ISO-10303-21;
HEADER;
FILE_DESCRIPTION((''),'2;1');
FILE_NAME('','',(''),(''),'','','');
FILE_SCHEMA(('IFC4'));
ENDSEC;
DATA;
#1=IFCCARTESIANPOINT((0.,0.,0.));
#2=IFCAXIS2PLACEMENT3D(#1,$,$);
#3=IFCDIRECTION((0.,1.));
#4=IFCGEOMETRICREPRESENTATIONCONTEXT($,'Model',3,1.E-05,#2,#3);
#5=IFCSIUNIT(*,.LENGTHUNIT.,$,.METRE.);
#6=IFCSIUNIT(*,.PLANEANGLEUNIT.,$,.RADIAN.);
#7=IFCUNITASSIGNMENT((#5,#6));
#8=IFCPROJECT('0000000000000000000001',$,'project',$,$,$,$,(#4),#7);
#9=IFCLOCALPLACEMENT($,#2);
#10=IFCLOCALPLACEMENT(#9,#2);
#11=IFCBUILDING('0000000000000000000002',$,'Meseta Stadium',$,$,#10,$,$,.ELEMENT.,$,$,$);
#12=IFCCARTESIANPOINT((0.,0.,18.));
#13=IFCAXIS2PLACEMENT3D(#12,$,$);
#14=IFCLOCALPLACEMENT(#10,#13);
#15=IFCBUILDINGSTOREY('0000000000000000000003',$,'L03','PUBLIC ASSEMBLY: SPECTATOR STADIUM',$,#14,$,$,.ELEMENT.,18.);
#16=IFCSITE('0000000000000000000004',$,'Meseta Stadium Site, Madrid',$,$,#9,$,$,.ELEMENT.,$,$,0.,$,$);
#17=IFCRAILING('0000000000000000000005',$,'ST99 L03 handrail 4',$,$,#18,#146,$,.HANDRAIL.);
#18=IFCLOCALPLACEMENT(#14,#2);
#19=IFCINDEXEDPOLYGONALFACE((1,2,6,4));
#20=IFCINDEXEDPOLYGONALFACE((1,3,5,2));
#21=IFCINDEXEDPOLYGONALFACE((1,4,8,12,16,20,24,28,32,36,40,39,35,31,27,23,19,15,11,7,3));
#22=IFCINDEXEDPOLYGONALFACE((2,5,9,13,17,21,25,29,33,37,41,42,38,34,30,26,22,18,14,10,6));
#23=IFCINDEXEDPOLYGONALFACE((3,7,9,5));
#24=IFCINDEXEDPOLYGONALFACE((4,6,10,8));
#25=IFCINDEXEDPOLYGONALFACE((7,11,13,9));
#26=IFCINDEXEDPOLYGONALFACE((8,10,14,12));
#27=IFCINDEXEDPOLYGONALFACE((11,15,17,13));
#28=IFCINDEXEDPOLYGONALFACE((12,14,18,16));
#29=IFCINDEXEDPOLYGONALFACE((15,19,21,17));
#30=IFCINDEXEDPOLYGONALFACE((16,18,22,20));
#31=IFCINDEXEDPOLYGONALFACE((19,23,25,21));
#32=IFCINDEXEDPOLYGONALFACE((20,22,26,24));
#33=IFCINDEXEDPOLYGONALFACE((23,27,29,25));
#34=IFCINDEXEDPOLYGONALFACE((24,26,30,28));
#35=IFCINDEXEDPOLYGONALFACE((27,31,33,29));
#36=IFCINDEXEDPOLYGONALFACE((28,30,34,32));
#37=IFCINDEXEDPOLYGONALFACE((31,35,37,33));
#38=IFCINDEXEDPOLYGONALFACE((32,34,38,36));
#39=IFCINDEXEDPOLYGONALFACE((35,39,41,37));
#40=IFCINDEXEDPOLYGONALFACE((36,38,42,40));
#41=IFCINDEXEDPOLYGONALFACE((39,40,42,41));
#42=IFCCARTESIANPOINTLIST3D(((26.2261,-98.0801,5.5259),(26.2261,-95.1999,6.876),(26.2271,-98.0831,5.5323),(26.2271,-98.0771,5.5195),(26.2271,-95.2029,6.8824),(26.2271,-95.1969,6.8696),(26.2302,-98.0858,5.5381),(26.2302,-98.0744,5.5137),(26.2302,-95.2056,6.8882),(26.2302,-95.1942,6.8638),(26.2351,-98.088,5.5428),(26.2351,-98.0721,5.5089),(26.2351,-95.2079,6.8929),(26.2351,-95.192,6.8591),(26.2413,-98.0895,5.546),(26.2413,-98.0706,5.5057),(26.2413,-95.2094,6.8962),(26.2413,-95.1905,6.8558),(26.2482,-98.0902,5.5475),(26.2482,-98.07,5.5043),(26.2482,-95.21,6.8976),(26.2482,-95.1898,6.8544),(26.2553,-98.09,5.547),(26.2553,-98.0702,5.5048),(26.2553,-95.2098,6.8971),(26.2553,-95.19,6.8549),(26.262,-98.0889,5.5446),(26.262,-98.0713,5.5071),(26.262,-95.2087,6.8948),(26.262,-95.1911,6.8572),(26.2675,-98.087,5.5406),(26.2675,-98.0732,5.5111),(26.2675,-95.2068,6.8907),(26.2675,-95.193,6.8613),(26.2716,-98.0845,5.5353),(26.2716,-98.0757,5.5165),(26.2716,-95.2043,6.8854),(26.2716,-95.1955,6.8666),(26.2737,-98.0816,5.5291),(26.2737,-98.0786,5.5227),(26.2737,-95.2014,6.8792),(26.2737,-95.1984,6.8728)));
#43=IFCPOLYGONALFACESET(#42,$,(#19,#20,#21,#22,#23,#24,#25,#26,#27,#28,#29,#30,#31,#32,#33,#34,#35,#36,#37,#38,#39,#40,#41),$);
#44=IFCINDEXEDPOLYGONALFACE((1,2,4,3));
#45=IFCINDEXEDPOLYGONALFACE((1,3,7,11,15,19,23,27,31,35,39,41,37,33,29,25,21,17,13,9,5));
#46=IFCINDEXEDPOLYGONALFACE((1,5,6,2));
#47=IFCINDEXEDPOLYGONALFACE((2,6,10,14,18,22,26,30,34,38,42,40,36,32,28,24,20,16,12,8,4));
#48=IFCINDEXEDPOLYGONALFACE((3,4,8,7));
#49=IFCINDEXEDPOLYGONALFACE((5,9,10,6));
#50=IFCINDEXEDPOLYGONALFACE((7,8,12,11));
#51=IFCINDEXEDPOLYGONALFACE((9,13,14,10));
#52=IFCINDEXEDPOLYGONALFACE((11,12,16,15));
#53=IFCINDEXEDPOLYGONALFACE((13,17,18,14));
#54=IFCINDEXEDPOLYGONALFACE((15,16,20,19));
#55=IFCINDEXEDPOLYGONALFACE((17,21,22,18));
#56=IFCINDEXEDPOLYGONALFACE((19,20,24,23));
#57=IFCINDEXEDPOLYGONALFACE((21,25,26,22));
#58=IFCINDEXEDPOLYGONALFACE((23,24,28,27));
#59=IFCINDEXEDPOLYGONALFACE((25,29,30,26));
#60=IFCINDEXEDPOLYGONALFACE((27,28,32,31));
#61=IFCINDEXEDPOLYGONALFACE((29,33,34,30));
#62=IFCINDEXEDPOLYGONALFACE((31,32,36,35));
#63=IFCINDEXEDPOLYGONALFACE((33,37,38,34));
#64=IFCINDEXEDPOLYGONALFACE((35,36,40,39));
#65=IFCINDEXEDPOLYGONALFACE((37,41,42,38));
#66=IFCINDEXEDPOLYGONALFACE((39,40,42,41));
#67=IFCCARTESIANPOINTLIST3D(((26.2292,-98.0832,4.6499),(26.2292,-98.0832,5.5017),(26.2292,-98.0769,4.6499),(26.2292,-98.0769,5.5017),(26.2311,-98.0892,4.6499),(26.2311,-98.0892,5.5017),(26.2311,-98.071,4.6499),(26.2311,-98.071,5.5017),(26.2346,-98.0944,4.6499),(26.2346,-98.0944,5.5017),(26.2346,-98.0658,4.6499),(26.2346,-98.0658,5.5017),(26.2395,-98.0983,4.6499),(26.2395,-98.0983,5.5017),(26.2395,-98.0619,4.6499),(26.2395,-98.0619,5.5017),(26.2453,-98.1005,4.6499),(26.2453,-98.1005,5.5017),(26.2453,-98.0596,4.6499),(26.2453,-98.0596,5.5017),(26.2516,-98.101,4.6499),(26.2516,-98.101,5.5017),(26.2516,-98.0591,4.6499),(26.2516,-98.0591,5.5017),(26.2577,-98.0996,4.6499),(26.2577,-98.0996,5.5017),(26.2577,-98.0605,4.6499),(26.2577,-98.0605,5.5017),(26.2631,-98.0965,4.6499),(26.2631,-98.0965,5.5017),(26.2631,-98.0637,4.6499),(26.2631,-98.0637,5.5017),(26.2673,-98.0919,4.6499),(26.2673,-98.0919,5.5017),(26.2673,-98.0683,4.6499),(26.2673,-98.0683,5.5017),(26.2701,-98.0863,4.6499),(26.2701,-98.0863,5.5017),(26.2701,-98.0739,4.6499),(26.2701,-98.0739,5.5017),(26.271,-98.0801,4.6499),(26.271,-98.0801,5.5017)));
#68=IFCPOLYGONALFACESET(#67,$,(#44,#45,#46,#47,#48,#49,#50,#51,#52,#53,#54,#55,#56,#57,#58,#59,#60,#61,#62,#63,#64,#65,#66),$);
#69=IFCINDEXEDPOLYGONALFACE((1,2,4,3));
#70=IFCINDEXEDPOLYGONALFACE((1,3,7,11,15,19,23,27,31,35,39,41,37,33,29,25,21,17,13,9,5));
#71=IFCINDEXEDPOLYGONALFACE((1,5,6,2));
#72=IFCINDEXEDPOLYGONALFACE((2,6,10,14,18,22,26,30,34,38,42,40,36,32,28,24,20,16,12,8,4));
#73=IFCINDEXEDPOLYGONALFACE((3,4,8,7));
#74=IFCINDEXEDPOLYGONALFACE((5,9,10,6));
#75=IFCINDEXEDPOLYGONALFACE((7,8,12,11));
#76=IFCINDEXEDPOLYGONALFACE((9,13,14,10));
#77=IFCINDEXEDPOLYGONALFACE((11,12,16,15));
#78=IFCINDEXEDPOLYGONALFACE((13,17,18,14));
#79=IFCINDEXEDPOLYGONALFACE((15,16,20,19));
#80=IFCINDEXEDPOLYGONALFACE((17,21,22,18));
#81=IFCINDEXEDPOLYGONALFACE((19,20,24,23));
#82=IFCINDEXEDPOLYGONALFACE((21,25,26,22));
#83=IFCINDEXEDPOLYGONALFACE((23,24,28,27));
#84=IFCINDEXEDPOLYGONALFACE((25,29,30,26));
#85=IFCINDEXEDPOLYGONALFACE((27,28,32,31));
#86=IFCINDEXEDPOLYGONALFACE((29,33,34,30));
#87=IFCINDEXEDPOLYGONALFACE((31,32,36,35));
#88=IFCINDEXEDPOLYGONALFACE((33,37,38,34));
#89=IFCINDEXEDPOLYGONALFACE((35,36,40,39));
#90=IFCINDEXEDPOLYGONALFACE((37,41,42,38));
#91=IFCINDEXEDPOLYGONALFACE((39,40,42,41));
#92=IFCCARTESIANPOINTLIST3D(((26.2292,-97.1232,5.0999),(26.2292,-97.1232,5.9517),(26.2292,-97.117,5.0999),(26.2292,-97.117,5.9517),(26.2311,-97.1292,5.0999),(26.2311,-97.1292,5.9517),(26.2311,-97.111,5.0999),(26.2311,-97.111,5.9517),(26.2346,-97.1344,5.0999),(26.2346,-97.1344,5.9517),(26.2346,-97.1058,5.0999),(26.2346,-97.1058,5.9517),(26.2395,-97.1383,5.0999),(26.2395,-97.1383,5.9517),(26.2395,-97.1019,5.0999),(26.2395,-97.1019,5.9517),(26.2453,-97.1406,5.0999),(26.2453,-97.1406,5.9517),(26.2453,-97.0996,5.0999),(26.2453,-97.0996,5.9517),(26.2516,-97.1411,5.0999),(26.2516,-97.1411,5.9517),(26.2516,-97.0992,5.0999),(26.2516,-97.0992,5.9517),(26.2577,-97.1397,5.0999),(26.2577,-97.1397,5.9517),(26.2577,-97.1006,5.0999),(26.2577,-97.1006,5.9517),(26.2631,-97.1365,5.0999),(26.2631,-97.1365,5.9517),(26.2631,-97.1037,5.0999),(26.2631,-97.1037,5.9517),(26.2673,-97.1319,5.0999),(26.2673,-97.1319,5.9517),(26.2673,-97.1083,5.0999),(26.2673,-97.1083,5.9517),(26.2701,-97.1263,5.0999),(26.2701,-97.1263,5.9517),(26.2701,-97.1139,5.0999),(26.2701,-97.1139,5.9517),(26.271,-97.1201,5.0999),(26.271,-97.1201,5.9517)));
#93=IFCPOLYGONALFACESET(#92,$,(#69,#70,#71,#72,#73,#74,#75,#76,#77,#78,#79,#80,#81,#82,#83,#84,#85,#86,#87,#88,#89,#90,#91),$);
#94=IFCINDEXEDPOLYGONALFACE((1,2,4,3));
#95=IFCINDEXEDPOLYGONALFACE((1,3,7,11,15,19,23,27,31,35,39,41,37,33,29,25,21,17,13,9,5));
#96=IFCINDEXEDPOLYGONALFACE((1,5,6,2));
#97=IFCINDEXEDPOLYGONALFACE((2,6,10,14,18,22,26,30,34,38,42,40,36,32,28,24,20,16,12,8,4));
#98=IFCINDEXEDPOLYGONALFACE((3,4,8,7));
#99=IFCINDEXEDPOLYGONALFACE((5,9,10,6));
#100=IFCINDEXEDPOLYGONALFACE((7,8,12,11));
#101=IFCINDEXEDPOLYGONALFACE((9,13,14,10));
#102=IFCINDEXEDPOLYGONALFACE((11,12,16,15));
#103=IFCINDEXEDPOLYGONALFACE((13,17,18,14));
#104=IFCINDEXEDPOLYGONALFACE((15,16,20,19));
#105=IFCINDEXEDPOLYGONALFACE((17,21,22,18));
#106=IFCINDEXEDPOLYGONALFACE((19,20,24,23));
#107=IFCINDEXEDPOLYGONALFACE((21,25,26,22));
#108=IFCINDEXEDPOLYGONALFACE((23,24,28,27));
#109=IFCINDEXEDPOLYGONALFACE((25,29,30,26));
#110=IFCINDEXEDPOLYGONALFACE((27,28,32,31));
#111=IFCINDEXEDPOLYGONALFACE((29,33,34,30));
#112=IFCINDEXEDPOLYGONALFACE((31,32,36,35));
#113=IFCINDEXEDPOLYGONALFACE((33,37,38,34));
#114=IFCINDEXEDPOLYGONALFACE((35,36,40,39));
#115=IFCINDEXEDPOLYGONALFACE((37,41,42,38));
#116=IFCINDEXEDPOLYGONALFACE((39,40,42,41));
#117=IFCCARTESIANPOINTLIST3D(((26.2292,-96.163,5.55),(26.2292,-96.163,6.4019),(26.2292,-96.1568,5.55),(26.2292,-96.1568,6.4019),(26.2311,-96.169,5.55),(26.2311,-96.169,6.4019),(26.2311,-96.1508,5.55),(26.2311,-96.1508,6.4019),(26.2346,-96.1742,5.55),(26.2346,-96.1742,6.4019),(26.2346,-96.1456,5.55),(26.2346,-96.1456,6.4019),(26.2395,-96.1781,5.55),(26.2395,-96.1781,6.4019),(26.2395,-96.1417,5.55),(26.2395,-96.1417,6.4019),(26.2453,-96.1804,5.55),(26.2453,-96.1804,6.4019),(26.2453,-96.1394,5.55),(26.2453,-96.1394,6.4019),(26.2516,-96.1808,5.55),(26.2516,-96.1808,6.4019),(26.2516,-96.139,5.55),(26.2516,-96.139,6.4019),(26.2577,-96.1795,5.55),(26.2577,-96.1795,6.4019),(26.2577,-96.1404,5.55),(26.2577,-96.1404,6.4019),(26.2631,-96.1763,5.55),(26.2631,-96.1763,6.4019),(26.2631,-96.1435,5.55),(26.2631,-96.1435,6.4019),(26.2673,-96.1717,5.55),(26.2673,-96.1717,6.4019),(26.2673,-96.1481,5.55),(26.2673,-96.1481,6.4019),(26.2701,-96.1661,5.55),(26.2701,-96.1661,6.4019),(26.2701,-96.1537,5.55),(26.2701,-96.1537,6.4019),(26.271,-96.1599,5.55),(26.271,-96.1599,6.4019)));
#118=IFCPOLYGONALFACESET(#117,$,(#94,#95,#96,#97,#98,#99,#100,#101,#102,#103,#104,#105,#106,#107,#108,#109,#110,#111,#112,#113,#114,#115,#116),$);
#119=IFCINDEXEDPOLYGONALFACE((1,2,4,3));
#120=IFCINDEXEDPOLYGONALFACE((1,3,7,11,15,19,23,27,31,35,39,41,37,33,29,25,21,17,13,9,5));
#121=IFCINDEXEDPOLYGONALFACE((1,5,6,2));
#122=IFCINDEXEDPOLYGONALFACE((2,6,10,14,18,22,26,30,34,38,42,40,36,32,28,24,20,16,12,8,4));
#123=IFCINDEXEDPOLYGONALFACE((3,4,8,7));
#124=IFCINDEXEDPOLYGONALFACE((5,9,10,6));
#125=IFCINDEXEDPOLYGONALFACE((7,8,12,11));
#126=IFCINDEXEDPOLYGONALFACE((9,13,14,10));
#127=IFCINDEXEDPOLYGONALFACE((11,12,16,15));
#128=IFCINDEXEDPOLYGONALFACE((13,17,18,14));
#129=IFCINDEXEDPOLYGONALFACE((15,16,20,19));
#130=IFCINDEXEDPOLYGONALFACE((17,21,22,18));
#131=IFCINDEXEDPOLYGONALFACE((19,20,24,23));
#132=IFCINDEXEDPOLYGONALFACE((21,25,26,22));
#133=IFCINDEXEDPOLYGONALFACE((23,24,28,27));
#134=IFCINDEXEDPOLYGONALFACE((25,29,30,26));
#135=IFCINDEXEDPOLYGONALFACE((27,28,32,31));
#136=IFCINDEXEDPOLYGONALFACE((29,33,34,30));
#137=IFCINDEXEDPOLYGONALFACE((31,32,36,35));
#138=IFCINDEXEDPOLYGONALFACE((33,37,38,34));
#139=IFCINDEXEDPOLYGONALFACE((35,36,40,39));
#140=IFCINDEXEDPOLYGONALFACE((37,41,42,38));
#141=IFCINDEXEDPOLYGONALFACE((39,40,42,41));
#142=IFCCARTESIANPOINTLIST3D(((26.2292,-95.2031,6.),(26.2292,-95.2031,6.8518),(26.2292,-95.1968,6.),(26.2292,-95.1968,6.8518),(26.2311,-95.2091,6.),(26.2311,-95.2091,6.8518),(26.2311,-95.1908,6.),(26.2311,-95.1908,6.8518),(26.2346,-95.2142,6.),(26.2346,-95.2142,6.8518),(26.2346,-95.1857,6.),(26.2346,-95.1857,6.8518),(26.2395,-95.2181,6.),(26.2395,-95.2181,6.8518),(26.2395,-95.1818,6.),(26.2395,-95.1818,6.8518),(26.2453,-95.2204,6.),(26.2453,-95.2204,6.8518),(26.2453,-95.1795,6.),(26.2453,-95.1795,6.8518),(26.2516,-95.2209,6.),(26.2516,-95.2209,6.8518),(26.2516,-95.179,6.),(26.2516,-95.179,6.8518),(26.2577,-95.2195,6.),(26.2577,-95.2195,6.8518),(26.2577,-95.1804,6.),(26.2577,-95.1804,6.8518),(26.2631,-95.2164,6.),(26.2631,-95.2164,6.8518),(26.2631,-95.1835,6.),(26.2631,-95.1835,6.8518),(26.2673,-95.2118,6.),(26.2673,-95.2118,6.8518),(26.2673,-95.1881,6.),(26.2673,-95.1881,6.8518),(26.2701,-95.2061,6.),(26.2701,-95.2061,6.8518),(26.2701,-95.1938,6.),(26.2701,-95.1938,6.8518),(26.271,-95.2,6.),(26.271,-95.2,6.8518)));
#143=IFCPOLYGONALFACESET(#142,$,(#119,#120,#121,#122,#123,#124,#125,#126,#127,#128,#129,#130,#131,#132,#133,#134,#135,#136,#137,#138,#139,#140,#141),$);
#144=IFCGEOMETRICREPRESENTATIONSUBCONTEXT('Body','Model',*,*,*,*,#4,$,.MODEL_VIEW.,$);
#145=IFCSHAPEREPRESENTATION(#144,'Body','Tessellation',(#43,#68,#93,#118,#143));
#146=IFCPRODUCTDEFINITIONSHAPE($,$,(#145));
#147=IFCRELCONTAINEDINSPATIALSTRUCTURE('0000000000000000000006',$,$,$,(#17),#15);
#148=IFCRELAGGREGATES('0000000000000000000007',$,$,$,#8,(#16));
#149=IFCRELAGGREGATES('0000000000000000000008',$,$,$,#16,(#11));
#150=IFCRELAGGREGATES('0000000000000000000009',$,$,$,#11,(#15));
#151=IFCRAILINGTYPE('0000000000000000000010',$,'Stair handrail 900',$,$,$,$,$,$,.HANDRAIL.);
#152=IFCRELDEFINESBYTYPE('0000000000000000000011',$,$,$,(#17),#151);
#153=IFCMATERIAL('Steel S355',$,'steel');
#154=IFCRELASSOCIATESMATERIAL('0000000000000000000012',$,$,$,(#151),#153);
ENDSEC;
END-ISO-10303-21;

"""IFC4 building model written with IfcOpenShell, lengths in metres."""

from ifc_helpers import new_model, si_unit, direction, frame, origin, origin_2d, place, context, subcontext, project, spatial, circle, extrude, material, type_object, element, save


model = new_model("IFC4")

# Units and contexts
model_context = context("Model", 3, precision=1e-05, world=origin(), true_north=direction((0.0, 1.0)))
body_context = subcontext(model_context, "Body", "Model", "MODEL_VIEW")
ifc_project = project(units=[si_unit("LENGTHUNIT", "METRE"), si_unit("PLANEANGLEUNIT", "RADIAN")], contexts=[model_context])

# Site, building, storey
site_placement = place(None, origin())
site = spatial("IfcSite", under=ifc_project, at=site_placement, Name="Meseta Stadium Site, Madrid", CompositionType="ELEMENT", RefElevation=0.0)
building_placement = place(site_placement, origin())
building = spatial("IfcBuilding", under=site, at=building_placement, Name="Meseta Stadium", CompositionType="ELEMENT")
storey_placement = place(building_placement, frame((0.0, 0.0, 18.0)))
storey = spatial("IfcBuildingStorey", under=building, at=storey_placement, Name="L03", Description="PUBLIC ASSEMBLY: SPECTATOR STADIUM", CompositionType="ELEMENT", Elevation=18.0)

# Railing
ifc_material_1 = material(Name="Steel S355", Category="steel")
railing_type_1 = type_object("IfcRailingType", Name="Stair handrail 900", PredefinedType="HANDRAIL", material=ifc_material_1)
for number, where, name in (
    (1, (26.25, -98.0801, 4.6499), "ST99 L03 handrail 4"),
):
    element("IfcRailing", number, at=place(storey_placement, frame(where)), inside=storey, type_object=railing_type_1, Name=name, PredefinedType="HANDRAIL", context=body_context, shape_type="SweptSolid", body=[
        extrude(circle(Radius=0.0239, at=origin_2d()), frame((0.0, 0.0, 0.876), z_axis=(0.0, 0.905454, 0.424444), x_axis=(-1.0, 0.0, 0.0)), (0.0, 0.0, 1.0), 3.1809),
        extrude(circle(Radius=0.021, at=origin_2d()), origin(), (0.0, 0.0, 1.0), 0.8518),
        extrude(circle(Radius=0.021, at=origin_2d()), frame((0.0, 0.96, 0.45)), (0.0, 0.0, 1.0), 0.8518),
        extrude(circle(Radius=0.021, at=origin_2d()), frame((0.0, 1.9202, 0.9001)), (0.0, 0.0, 1.0), 0.8518),
        extrude(circle(Radius=0.021, at=origin_2d()), frame((0.0, 2.8801, 1.3501)), (0.0, 0.0, 1.0), 0.8518),
    ])

save(model, "model.ifc")
